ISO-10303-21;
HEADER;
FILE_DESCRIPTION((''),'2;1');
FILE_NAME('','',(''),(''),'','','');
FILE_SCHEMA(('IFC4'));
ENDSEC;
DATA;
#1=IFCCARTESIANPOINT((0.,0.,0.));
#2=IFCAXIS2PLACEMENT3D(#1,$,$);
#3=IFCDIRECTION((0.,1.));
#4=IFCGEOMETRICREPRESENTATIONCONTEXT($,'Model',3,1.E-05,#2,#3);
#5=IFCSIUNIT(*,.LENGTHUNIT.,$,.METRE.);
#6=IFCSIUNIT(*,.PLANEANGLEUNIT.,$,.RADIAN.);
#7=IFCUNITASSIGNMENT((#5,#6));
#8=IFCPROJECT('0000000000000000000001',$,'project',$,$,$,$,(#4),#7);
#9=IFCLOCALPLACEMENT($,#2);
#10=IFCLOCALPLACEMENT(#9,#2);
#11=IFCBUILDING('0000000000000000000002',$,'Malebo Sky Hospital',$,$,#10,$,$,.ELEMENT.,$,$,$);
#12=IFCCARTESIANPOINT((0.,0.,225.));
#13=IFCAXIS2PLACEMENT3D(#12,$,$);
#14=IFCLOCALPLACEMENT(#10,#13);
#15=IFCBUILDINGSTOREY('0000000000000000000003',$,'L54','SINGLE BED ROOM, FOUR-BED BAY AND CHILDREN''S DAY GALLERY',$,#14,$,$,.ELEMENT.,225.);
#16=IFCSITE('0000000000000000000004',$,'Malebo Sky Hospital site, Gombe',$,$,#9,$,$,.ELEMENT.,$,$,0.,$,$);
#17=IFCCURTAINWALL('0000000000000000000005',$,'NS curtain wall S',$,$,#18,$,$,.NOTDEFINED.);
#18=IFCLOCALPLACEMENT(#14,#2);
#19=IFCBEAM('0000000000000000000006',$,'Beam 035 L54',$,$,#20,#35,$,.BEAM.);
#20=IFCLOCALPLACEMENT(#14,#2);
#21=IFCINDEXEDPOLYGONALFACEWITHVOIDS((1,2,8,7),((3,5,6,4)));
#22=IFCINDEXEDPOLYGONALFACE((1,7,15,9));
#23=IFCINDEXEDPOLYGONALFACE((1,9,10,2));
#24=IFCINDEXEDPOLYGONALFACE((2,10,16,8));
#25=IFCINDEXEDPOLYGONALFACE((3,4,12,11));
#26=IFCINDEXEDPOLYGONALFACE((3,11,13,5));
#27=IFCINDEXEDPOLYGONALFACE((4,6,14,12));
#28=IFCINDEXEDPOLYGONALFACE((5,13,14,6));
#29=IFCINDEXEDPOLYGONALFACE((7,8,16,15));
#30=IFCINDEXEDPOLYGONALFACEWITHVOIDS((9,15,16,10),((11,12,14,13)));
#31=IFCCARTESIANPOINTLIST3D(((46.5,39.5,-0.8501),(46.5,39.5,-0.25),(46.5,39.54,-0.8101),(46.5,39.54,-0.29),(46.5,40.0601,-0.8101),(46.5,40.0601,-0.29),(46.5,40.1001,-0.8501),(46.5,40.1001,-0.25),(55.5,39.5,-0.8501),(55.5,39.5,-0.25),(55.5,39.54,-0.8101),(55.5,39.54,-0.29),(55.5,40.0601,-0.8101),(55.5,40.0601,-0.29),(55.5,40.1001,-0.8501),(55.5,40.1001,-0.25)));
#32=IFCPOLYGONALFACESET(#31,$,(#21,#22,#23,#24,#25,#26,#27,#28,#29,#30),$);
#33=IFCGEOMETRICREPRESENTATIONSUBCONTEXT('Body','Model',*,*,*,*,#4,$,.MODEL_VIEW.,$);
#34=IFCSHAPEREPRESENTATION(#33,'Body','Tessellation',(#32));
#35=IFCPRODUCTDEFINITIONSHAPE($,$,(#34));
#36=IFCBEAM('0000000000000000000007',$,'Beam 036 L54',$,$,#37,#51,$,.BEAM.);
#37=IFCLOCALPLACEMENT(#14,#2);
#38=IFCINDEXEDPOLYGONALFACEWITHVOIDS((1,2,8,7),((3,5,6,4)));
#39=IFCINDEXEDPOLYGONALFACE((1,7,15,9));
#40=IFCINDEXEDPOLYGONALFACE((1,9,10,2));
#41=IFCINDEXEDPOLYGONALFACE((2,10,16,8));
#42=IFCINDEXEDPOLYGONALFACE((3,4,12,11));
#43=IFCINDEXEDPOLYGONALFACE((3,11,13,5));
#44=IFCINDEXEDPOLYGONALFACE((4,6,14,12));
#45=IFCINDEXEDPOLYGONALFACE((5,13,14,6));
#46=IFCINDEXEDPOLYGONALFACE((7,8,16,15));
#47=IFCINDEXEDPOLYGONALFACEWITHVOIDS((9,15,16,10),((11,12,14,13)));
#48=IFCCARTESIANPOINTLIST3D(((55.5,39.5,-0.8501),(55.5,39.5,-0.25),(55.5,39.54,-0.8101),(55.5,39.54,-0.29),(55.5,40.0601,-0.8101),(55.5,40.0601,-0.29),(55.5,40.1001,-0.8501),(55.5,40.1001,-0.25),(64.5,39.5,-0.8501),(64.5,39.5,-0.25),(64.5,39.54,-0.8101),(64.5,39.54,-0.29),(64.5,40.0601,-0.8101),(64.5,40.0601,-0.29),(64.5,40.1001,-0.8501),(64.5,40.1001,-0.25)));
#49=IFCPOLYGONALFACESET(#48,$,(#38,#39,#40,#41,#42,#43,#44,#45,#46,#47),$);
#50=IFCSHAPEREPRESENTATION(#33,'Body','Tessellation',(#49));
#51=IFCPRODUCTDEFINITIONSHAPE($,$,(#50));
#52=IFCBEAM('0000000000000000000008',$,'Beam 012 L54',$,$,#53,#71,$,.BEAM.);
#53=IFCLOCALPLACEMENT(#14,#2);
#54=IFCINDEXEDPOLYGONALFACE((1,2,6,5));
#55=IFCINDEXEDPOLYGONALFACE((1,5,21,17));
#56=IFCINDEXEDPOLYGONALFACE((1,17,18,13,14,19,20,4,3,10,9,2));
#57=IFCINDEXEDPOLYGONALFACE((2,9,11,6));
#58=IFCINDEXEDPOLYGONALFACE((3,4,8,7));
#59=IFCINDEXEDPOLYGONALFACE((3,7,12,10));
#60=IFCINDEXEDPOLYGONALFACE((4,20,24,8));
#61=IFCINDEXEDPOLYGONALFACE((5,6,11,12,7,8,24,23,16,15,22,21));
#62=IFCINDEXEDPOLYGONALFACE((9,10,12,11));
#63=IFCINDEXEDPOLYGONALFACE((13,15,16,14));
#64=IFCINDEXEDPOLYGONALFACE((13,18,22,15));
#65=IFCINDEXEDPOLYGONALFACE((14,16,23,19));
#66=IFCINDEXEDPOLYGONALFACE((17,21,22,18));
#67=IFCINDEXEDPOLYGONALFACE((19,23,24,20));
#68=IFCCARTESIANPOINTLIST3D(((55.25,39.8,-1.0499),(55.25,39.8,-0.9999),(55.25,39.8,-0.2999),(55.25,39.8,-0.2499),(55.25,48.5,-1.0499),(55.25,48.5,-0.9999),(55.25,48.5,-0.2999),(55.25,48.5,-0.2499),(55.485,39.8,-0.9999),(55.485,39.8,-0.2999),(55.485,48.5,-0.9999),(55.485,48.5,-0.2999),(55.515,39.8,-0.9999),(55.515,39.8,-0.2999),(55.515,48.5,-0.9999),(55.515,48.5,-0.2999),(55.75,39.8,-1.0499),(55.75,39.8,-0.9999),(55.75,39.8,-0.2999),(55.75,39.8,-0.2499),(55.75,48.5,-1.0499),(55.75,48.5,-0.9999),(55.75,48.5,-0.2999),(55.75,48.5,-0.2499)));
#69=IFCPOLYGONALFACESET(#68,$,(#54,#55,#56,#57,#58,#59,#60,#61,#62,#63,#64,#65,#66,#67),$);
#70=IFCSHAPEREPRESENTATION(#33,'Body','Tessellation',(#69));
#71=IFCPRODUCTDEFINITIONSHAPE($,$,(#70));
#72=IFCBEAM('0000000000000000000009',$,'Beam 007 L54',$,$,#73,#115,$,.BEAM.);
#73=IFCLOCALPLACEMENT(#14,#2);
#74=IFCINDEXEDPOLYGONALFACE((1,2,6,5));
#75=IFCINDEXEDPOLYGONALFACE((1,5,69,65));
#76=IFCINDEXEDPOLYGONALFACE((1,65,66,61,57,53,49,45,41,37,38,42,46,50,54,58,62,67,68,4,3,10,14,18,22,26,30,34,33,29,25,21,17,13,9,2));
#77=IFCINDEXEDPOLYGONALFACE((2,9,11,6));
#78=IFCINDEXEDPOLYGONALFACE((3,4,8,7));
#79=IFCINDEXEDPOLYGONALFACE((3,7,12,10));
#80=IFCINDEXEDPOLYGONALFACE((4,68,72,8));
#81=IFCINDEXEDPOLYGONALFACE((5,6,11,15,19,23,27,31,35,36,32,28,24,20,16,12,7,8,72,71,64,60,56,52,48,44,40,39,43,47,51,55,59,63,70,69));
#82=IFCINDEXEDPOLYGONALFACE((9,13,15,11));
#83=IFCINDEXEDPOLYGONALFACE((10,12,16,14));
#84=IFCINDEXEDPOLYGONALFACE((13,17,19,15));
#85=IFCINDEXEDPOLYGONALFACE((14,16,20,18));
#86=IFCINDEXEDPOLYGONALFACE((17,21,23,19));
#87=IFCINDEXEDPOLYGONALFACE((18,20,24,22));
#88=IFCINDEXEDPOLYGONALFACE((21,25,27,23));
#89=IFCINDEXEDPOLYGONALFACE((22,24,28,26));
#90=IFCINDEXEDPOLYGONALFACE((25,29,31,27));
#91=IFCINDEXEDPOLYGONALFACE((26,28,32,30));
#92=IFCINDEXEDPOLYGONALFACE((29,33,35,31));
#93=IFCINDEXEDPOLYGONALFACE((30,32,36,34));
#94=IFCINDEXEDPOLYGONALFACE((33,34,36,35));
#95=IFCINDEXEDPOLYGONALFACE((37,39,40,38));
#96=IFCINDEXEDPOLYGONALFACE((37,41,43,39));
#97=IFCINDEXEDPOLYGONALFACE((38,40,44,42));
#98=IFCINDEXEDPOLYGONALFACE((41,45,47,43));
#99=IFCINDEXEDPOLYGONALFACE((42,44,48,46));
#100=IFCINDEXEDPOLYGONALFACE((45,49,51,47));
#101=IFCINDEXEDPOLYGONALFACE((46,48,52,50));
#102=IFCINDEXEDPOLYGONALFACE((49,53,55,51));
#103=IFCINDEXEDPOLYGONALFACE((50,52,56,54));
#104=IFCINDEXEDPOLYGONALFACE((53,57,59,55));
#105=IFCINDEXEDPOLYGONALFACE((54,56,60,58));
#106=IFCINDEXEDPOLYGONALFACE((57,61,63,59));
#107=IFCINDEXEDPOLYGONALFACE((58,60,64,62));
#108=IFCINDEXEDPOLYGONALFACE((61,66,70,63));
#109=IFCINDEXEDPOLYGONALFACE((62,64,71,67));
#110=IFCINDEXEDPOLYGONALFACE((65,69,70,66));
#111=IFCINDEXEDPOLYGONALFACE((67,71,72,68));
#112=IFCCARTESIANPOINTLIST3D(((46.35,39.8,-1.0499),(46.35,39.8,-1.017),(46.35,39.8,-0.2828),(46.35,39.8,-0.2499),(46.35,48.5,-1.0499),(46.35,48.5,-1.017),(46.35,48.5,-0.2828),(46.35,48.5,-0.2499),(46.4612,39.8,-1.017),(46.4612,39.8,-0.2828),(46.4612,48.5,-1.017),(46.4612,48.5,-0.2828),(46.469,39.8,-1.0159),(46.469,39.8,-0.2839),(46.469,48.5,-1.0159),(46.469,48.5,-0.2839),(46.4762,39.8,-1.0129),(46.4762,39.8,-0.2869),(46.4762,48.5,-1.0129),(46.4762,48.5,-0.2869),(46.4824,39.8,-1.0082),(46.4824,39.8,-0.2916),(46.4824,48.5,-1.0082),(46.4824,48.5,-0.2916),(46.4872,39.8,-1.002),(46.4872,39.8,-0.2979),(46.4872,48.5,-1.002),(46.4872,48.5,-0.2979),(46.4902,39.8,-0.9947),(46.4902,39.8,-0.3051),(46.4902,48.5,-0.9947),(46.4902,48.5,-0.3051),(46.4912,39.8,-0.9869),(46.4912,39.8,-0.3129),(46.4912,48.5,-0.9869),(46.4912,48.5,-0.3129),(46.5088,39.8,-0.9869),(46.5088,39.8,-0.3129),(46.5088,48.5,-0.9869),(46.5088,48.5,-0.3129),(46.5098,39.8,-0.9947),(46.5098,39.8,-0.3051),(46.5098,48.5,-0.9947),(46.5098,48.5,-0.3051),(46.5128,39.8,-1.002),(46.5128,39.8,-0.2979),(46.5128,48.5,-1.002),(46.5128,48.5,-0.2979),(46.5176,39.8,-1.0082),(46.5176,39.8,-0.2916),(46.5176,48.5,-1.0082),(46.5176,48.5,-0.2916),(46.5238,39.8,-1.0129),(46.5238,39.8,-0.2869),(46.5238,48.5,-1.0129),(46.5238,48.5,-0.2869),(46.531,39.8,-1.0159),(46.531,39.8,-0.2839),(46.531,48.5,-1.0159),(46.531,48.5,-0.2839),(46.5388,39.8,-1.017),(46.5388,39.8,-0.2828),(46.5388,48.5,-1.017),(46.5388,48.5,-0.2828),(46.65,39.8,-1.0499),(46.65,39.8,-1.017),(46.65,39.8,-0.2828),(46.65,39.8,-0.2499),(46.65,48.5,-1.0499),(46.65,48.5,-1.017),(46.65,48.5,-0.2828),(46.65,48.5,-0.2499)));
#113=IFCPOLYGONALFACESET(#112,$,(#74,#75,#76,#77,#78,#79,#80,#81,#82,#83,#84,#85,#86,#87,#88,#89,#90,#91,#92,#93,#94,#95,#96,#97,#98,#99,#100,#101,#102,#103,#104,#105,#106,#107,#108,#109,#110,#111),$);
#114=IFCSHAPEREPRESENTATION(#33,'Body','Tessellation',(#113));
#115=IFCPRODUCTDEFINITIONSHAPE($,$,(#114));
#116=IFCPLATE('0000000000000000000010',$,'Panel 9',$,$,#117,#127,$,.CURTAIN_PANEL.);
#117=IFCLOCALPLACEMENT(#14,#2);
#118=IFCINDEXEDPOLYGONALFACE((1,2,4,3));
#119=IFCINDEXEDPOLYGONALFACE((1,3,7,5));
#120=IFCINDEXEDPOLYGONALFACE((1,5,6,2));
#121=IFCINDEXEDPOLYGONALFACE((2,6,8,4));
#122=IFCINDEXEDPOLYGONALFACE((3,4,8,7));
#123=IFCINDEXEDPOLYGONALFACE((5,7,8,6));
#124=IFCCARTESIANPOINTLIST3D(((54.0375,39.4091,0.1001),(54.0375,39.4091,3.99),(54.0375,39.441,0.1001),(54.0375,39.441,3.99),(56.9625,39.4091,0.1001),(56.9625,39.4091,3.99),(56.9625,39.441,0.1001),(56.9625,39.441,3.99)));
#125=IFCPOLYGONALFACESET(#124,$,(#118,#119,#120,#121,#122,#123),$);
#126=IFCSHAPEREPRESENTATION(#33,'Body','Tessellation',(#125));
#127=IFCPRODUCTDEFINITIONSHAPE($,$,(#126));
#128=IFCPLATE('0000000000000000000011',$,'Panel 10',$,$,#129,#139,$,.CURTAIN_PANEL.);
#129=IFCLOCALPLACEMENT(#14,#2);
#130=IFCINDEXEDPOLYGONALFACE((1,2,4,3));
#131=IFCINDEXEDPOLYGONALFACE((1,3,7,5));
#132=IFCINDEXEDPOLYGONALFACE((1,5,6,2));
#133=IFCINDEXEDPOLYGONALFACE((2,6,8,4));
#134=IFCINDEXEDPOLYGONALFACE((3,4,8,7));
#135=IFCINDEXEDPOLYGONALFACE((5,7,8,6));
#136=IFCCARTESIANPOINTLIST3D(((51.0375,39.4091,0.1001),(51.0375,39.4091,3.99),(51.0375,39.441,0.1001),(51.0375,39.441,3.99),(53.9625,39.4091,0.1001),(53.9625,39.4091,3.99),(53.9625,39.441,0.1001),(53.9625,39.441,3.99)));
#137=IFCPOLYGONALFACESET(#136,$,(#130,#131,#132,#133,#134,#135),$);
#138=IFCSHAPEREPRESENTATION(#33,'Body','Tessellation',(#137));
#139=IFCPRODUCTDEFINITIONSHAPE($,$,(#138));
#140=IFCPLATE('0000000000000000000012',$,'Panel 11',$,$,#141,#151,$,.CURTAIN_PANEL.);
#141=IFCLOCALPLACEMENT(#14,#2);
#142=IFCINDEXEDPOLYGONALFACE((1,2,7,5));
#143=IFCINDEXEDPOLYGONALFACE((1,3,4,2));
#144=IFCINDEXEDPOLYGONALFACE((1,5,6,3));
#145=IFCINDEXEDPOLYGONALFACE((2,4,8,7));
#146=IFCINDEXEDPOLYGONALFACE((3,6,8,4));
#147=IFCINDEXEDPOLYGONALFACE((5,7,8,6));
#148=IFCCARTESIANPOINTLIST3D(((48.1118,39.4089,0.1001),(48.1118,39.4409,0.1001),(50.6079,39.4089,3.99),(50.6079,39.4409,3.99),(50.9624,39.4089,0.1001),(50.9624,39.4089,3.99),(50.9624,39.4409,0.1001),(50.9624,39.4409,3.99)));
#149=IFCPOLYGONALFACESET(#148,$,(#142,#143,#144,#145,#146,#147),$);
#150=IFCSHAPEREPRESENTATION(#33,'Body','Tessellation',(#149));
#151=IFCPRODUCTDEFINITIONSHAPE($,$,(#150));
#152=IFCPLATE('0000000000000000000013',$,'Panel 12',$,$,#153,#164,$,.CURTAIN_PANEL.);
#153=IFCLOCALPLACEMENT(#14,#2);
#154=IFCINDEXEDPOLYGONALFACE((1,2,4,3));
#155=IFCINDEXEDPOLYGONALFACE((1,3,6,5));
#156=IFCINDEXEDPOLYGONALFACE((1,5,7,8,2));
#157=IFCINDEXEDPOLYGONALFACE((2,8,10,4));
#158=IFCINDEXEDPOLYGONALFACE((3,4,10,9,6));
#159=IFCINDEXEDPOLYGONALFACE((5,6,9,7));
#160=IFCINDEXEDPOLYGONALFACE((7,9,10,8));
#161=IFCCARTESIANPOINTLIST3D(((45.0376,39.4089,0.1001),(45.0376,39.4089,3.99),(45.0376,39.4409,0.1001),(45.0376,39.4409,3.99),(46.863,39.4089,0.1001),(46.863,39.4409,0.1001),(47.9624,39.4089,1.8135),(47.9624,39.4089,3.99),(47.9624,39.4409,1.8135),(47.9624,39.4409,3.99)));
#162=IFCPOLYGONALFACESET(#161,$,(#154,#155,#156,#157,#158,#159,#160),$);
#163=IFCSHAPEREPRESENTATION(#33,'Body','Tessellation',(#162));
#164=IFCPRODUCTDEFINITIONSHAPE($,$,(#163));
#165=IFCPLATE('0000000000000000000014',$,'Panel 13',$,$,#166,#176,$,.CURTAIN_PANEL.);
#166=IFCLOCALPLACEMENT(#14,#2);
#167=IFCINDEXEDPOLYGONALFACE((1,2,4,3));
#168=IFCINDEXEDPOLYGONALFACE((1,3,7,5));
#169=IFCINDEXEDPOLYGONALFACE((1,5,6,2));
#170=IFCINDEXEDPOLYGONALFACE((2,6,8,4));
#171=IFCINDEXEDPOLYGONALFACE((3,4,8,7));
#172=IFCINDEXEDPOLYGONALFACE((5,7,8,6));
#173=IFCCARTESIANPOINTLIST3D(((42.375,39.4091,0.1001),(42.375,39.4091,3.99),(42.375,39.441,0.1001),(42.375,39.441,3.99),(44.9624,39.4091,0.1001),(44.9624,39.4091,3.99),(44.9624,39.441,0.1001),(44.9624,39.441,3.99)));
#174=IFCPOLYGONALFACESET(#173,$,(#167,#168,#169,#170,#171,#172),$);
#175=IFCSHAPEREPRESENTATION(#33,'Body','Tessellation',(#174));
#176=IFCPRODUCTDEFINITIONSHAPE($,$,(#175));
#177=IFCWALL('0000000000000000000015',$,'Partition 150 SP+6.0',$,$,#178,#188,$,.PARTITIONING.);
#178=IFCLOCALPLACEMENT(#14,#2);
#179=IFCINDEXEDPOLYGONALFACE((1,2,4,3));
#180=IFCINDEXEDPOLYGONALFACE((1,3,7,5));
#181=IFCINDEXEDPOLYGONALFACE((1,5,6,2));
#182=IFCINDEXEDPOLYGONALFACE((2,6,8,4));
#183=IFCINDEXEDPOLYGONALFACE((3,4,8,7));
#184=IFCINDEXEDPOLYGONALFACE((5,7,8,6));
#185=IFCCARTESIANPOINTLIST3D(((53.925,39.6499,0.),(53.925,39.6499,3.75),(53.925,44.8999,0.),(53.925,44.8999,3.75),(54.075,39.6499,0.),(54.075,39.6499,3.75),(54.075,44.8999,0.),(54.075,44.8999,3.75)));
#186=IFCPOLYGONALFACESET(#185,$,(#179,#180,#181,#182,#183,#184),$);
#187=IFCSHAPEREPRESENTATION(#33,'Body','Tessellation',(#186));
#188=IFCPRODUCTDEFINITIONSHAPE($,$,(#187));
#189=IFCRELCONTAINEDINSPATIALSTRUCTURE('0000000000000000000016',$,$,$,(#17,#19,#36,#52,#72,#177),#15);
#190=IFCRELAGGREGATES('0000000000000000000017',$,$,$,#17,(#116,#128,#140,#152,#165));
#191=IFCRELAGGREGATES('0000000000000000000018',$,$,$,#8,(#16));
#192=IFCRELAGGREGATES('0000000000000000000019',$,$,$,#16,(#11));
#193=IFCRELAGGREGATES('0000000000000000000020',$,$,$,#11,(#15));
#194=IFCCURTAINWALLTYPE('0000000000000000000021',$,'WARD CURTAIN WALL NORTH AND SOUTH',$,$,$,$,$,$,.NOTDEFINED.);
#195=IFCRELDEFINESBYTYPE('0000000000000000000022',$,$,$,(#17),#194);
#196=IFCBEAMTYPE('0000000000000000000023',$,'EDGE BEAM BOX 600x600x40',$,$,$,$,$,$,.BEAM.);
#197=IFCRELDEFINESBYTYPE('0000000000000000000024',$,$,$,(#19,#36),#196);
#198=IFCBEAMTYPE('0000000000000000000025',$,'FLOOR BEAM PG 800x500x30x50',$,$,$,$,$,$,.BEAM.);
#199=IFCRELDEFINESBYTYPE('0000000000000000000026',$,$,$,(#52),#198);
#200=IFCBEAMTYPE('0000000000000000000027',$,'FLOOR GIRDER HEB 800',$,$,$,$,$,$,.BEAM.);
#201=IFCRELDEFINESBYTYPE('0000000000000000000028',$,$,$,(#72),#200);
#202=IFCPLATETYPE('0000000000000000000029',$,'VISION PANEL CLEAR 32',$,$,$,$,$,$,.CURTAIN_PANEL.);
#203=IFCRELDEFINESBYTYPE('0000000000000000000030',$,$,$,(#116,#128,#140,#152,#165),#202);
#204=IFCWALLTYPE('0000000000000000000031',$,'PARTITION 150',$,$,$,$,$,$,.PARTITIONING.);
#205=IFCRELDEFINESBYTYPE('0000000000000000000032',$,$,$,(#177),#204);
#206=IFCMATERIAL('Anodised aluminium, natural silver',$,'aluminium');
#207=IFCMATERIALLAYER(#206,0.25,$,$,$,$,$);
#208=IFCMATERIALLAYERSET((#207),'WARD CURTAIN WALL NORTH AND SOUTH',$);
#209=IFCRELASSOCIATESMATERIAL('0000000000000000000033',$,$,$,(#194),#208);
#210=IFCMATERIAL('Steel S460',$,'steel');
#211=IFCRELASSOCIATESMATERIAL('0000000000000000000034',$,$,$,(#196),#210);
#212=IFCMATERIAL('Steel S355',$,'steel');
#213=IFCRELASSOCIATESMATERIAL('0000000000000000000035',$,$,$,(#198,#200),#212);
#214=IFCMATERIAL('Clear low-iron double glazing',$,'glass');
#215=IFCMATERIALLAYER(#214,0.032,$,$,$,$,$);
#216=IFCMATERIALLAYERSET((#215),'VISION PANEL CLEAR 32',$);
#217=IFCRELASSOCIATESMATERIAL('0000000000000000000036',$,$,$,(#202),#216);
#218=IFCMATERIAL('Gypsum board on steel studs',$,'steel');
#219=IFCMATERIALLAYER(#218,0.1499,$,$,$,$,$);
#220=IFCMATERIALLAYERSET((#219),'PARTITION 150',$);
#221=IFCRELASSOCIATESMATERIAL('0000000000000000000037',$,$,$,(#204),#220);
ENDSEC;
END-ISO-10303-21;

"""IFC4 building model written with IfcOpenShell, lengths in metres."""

from ifc_helpers import new_model, si_unit, direction, frame, frame_2d, origin, origin_2d, place, context, subcontext, project, spatial, polyline, rectangle, hollow_rectangle, i_section, outline, extrude, material, layer, layer_set, material_profile, profile_set, type_object, element, aggregate, save


model = new_model("IFC4")

# Units and contexts
model_context = context("Model", 3, precision=1e-05, world=origin(), true_north=direction((0.0, 1.0)))
body_context = subcontext(model_context, "Body", "Model", "MODEL_VIEW")
ifc_project = project(units=[si_unit("LENGTHUNIT", "METRE"), si_unit("PLANEANGLEUNIT", "RADIAN")], contexts=[model_context])

# Site, building, storey
site_placement = place(None, origin())
site = spatial("IfcSite", under=ifc_project, at=site_placement, Name="Malebo Sky Hospital site, Gombe", CompositionType="ELEMENT", RefElevation=0.0)
building_placement = place(site_placement, origin())
building = spatial("IfcBuilding", under=site, at=building_placement, Name="Malebo Sky Hospital", CompositionType="ELEMENT")
storey_placement = place(building_placement, frame((0.0, 0.0, 225.0)))
storey = spatial("IfcBuildingStorey", under=building, at=storey_placement, Name="L54", Description="SINGLE BED ROOM, FOUR-BED BAY AND CHILDREN'S DAY GALLERY", CompositionType="ELEMENT", Elevation=225.0)

# Shared definitions
ifc_material_1 = material(Name="Steel S460", Category="steel")

# Curtain wall
ifc_material_2 = material(Name="Anodised aluminium, natural silver", Category="aluminium")
ifc_layer_1 = layer(ifc_material_2, 0.25)
ifc_layer_set_1 = layer_set([ifc_layer_1], Name="WARD CURTAIN WALL NORTH AND SOUTH")
curtain_wall_type = type_object("IfcCurtainWallType", Name="WARD CURTAIN WALL NORTH AND SOUTH", PredefinedType="NOTDEFINED", material=ifc_layer_set_1)
curtain_wall_placement = place(storey_placement, origin())
curtain_wall = element("IfcCurtainWall", 1, at=curtain_wall_placement, inside=storey, type_object=curtain_wall_type, Name="NS curtain wall S", PredefinedType="NOTDEFINED")

# Shared definitions
ifc_material_3 = material(Name="Steel S355", Category="steel")

# Beams
ifc_material_profile_1 = material_profile(ifc_material_1, hollow_rectangle(XDim=0.6001, YDim=0.6001, WallThickness=0.04, at=origin_2d()), Name="BOX 600x600x40")
ifc_profile_set_1 = profile_set([ifc_material_profile_1], Name="Steel S460")
beam_type_1 = type_object("IfcBeamType", Name="EDGE BEAM BOX 600x600x40", PredefinedType="BEAM", material=ifc_profile_set_1)
for number, where, z_axis, x_axis, name in (
    (2, (46.5, 39.8, -0.55), (1.0, 0.0, 0.0), (0.0, 1.0, 0.0), "Beam 035 L54"),
    (3, (55.5, 39.8, -0.55), (1.0, 0.0, 0.0), (0.0, 1.0, 0.0), "Beam 036 L54"),
):
    element("IfcBeam", number, at=place(storey_placement, frame(where, z_axis=z_axis, x_axis=x_axis)), inside=storey, type_object=beam_type_1, Name=name, PredefinedType="BEAM", context=body_context, shape_type="SweptSolid", body=[
        extrude(hollow_rectangle(XDim=0.6001, YDim=0.6001, WallThickness=0.04, at=origin_2d()), origin(), (0.0, 0.0, 1.0), 9.0),
    ])
ifc_material_profile_2 = material_profile(ifc_material_3, i_section(OverallWidth=0.5, OverallDepth=0.8, WebThickness=0.03, FlangeThickness=0.05, at=origin_2d()), Name="PG 800x500x30x50")
ifc_profile_set_2 = profile_set([ifc_material_profile_2], Name="Steel S355")
beam_type_2 = type_object("IfcBeamType", Name="FLOOR BEAM PG 800x500x30x50", PredefinedType="BEAM", material=ifc_profile_set_2)
beam_1_placement = place(storey_placement, frame((55.5, 39.8, -0.6499), z_axis=(0.0, 1.0, 0.0), x_axis=(-1.0, 0.0, 0.0)))
element("IfcBeam", 4, at=beam_1_placement, inside=storey, type_object=beam_type_2, Name="Beam 012 L54", PredefinedType="BEAM", context=body_context, shape_type="SweptSolid", body=[
    extrude(i_section(OverallWidth=0.5, OverallDepth=0.8, WebThickness=0.03, FlangeThickness=0.05, at=origin_2d()), origin(), (0.0, 0.0, 1.0), 8.7),
])
ifc_material_profile_3 = material_profile(ifc_material_3, i_section(OverallWidth=0.3, OverallDepth=0.8, WebThickness=0.0176, FlangeThickness=0.033, FilletRadius=0.03, at=origin_2d()), Name="HEB 800")
ifc_profile_set_3 = profile_set([ifc_material_profile_3], Name="Steel S355")
beam_type_3 = type_object("IfcBeamType", Name="FLOOR GIRDER HEB 800", PredefinedType="BEAM", material=ifc_profile_set_3)
beam_2_placement = place(storey_placement, frame((46.5, 39.8, -0.6499), z_axis=(0.0, 1.0, 0.0), x_axis=(-1.0, 0.0, 0.0)))
element("IfcBeam", 5, at=beam_2_placement, inside=storey, type_object=beam_type_3, Name="Beam 007 L54", PredefinedType="BEAM", context=body_context, shape_type="SweptSolid", body=[
    extrude(i_section(OverallWidth=0.3, OverallDepth=0.8, WebThickness=0.0176, FlangeThickness=0.033, FilletRadius=0.03, at=origin_2d()), origin(), (0.0, 0.0, 1.0), 8.7),
])

# Plates
ifc_material_4 = material(Name="Clear low-iron double glazing", Category="glass")
ifc_layer_2 = layer(ifc_material_4, 0.032)
ifc_layer_set_2 = layer_set([ifc_layer_2], Name="VISION PANEL CLEAR 32")
plate_type = type_object("IfcPlateType", Name="VISION PANEL CLEAR 32", PredefinedType="CURTAIN_PANEL", material=ifc_layer_set_2)
plate_1_placement = place(storey_placement, frame((55.5, 39.425, 0.1001), z_axis=(0.0, 0.0, 1.0), x_axis=(-1.0, 0.0, 0.0)))
plate_1 = element("IfcPlate", 6, at=plate_1_placement, type_object=plate_type, Name="Panel 9", PredefinedType="CURTAIN_PANEL", context=body_context, shape_type="SweptSolid", body=[
    extrude(rectangle(XDim=2.925, YDim=0.032, at=origin_2d()), origin(), (0.0, 0.0, 1.0), 3.8899),
])
plate_2_placement = place(storey_placement, frame((52.5, 39.425, 0.1001), z_axis=(0.0, 0.0, 1.0), x_axis=(-1.0, 0.0, 0.0)))
plate_2 = element("IfcPlate", 7, at=plate_2_placement, type_object=plate_type, Name="Panel 10", PredefinedType="CURTAIN_PANEL", context=body_context, shape_type="SweptSolid", body=[
    extrude(rectangle(XDim=2.925, YDim=0.032, at=origin_2d()), origin(), (0.0, 0.0, 1.0), 3.8899),
])
plate_3_placement = place(storey_placement, frame((49.5371, 39.425, 0.1001), z_axis=(0.0, 0.0, 1.0), x_axis=(-1.0, 0.0, 0.0)))
plate_3 = element("IfcPlate", 8, at=plate_3_placement, type_object=plate_type, Name="Panel 11", PredefinedType="CURTAIN_PANEL", context=body_context, shape_type="SweptSolid", body=[
    extrude(outline(polyline([(-1.4253, 0.0), (1.4253, 0.0), (-1.0708, 3.8899), (-1.4253, 3.8899), (-1.4253, 0.0)])), frame((0.0, 0.0161, 0.0), z_axis=(0.0, -1.0, 0.0), x_axis=(1.0, 0.0, 0.0)), (0.0, 0.0, 1.0), 0.032),
])
plate_4_placement = place(storey_placement, frame((46.5, 39.425, 0.1001), z_axis=(0.0, 0.0, 1.0), x_axis=(-1.0, 0.0, 0.0)))
plate_4 = element("IfcPlate", 9, at=plate_4_placement, type_object=plate_type, Name="Panel 12", PredefinedType="CURTAIN_PANEL", context=body_context, shape_type="SweptSolid", body=[
    extrude(outline(polyline([(-0.363, 0.0), (1.4624, 0.0), (1.4624, 3.8899), (-1.4624, 3.8899), (-1.4624, 1.7134), (-0.363, 0.0)])), frame((0.0, 0.0161, 0.0), z_axis=(0.0, -1.0, 0.0), x_axis=(1.0, 0.0, 0.0)), (0.0, 0.0, 1.0), 0.032),
])
plate_5_placement = place(storey_placement, frame((43.6687, 39.425, 0.1001), z_axis=(0.0, 0.0, 1.0), x_axis=(-1.0, 0.0, 0.0)))
plate_5 = element("IfcPlate", 10, at=plate_5_placement, type_object=plate_type, Name="Panel 13", PredefinedType="CURTAIN_PANEL", context=body_context, shape_type="SweptSolid", body=[
    extrude(rectangle(XDim=2.5874, YDim=0.032, at=origin_2d()), origin(), (0.0, 0.0, 1.0), 3.8899),
])
aggregate(curtain_wall, [plate_1, plate_2, plate_3, plate_4, plate_5])

# Wall
ifc_material_5 = material(Name="Gypsum board on steel studs", Category="steel")
ifc_layer_3 = layer(ifc_material_5, 0.1499)
ifc_layer_set_3 = layer_set([ifc_layer_3], Name="PARTITION 150")
wall_type = type_object("IfcWallType", Name="PARTITION 150", PredefinedType="PARTITIONING", material=ifc_layer_set_3)
wall_1_placement = place(storey_placement, frame((54.0, 44.8999, 0.0), z_axis=(0.0, 0.0, 1.0), x_axis=(0.0, -1.0, 0.0)))
element("IfcWall", 11, at=wall_1_placement, inside=storey, type_object=wall_type, Name="Partition 150 SP+6.0", PredefinedType="PARTITIONING", context=body_context, shape_type="SweptSolid", body=[
    extrude(rectangle(XDim=5.25, YDim=0.1499, at=frame_2d((2.625, 0.0))), origin(), (0.0, 0.0, 1.0), 3.75),
])

save(model, "model.ifc")
